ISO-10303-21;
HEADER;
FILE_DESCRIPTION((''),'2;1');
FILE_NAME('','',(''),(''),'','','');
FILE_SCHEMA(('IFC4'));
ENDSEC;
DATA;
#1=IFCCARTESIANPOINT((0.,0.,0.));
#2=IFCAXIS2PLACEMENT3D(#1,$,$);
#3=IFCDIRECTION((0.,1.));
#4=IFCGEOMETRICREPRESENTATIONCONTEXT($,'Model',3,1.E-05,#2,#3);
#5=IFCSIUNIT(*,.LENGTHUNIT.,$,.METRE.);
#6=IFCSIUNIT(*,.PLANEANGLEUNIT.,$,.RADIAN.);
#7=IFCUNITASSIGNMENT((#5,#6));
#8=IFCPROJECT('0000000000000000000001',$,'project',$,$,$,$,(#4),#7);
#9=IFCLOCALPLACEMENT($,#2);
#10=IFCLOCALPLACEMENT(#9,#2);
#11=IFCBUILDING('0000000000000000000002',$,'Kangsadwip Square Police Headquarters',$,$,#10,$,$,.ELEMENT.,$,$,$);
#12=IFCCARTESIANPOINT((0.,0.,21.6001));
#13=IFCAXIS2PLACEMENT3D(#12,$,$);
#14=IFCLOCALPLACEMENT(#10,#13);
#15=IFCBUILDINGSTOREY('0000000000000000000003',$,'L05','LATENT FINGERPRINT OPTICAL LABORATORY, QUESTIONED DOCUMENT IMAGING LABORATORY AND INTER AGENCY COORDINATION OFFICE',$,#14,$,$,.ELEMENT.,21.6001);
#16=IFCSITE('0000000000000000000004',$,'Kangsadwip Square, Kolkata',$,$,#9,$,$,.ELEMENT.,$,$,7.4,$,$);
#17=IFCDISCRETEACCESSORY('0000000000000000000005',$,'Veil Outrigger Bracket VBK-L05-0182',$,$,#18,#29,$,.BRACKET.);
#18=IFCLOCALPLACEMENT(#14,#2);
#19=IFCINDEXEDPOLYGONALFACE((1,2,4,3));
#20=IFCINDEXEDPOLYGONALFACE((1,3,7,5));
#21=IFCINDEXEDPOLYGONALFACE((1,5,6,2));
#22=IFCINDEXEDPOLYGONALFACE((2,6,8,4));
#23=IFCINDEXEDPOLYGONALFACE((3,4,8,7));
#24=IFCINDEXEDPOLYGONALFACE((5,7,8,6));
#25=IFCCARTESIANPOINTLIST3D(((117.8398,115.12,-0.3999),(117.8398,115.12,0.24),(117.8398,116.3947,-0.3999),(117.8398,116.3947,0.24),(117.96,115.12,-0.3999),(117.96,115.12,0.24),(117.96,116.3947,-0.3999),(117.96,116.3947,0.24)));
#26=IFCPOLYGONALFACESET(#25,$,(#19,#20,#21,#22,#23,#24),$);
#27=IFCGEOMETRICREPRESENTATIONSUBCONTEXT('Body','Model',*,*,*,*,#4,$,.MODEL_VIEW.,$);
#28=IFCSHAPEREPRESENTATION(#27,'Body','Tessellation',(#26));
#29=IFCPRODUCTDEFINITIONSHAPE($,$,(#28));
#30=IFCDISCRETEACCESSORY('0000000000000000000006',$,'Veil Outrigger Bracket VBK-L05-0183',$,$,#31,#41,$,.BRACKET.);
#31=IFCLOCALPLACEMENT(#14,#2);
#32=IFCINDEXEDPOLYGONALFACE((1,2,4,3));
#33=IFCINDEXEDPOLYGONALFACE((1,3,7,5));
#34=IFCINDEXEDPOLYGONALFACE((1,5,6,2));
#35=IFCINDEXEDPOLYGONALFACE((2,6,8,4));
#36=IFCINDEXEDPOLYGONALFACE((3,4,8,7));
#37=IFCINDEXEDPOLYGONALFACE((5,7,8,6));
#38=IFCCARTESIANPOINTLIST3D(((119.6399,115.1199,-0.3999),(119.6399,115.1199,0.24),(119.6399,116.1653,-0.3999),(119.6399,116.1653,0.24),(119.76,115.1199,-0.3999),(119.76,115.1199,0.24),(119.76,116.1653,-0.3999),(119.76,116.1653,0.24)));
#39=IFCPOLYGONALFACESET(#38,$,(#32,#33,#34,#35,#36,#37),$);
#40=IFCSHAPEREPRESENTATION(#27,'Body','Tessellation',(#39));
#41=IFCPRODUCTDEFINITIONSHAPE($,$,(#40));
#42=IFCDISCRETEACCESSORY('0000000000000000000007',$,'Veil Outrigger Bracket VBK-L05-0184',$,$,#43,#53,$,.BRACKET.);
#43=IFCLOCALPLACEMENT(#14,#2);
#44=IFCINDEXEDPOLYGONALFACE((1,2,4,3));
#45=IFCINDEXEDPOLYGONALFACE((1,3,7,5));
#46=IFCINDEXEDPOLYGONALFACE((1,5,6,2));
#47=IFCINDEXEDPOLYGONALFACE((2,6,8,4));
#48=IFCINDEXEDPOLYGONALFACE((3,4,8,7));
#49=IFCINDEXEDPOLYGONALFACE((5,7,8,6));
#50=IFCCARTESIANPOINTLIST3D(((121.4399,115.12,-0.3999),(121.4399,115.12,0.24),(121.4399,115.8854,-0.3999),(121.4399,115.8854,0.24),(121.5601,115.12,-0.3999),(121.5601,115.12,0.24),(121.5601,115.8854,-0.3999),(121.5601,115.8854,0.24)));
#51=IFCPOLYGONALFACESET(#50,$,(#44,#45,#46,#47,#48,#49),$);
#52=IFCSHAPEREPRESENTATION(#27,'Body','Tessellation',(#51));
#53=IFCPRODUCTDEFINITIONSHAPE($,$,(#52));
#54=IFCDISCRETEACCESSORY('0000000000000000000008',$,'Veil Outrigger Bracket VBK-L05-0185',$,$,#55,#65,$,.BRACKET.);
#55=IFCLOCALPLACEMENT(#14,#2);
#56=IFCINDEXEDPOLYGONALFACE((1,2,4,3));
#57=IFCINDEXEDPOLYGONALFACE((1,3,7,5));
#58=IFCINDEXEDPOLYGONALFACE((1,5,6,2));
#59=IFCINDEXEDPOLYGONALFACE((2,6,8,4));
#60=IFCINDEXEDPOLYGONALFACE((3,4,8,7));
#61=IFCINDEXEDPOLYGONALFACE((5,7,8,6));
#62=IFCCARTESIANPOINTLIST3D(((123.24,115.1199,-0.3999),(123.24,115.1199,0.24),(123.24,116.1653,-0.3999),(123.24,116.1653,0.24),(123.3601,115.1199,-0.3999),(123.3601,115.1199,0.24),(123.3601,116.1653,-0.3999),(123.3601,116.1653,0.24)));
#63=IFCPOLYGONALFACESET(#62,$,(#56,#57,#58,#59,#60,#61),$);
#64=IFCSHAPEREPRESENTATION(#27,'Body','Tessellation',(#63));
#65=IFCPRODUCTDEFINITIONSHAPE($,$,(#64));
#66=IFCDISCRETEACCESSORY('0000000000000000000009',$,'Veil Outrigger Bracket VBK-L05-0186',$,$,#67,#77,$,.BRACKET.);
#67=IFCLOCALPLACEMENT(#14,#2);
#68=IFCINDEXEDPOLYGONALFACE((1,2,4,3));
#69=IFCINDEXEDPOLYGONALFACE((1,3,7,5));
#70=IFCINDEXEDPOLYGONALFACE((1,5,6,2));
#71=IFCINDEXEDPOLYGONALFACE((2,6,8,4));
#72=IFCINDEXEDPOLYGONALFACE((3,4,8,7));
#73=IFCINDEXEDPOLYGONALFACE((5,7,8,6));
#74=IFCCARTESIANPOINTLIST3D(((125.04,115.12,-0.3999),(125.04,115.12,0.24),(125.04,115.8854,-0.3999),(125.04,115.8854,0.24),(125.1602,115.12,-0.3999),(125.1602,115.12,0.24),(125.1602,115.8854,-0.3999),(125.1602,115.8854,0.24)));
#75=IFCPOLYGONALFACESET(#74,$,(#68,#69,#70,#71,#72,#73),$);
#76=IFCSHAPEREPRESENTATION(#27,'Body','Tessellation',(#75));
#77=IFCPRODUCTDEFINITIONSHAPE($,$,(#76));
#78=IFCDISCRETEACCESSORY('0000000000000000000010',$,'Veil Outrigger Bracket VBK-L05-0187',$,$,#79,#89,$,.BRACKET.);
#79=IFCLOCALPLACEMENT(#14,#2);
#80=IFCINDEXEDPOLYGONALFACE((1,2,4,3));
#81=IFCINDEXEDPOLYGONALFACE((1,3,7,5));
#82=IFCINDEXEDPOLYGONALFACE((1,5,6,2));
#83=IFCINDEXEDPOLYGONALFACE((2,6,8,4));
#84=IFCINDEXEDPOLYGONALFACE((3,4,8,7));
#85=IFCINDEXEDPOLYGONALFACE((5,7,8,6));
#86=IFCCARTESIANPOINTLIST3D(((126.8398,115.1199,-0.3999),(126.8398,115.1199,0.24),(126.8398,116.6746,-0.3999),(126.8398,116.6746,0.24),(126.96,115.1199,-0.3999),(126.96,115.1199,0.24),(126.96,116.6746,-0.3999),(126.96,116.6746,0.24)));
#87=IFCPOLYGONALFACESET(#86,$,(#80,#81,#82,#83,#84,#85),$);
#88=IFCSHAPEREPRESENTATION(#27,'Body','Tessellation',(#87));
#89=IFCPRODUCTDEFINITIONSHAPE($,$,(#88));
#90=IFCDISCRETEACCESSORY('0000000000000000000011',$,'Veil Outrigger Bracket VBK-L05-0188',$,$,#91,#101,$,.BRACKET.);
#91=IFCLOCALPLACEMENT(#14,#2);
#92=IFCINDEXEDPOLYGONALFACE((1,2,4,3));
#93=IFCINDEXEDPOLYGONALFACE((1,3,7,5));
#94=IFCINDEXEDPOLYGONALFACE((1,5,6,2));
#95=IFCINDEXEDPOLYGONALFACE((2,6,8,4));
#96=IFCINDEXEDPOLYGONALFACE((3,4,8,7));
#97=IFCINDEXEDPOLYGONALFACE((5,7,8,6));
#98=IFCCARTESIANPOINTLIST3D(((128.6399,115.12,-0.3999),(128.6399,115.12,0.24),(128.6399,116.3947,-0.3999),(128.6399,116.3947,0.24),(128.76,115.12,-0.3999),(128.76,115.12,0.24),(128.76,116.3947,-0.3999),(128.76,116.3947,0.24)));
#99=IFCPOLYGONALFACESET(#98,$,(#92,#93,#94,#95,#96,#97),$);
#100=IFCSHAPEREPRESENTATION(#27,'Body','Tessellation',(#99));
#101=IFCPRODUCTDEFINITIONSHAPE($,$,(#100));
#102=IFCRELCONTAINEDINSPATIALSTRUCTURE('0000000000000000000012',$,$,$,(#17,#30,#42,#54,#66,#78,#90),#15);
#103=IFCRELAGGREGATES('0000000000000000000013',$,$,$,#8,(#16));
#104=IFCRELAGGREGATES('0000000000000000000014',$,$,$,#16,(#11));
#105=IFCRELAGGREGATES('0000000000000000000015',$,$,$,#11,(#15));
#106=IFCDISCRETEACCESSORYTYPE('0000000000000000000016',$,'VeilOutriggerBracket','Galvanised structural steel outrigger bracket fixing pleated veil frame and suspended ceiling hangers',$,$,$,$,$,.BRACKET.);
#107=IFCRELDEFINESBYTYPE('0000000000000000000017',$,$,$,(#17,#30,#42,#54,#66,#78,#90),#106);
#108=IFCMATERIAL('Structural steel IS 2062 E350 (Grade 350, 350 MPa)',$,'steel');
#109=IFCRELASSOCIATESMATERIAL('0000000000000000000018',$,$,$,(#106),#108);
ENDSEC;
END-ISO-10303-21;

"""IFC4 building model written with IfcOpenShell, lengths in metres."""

from ifc_helpers import new_model, si_unit, direction, frame, origin, origin_2d, place, context, subcontext, project, spatial, rectangle, extrude, material, type_object, element, save


model = new_model("IFC4")

# Units and contexts
model_context = context("Model", 3, precision=1e-05, world=origin(), true_north=direction((0.0, 1.0)))
body_context = subcontext(model_context, "Body", "Model", "MODEL_VIEW")
ifc_project = project(units=[si_unit("LENGTHUNIT", "METRE"), si_unit("PLANEANGLEUNIT", "RADIAN")], contexts=[model_context])

# Site, building, storey
site_placement = place(None, origin())
site = spatial("IfcSite", under=ifc_project, at=site_placement, Name="Kangsadwip Square, Kolkata", CompositionType="ELEMENT", RefElevation=7.4)
building_placement = place(site_placement, origin())
building = spatial("IfcBuilding", under=site, at=building_placement, Name="Kangsadwip Square Police Headquarters", CompositionType="ELEMENT")
storey_placement = place(building_placement, frame((0.0, 0.0, 21.6001)))
storey = spatial("IfcBuildingStorey", under=building, at=storey_placement, Name="L05", Description="LATENT FINGERPRINT OPTICAL LABORATORY, QUESTIONED DOCUMENT IMAGING LABORATORY AND INTER AGENCY COORDINATION OFFICE", CompositionType="ELEMENT", Elevation=21.6001)

# Discrete accessories
ifc_material_1 = material(Name="Structural steel IS 2062 E350 (Grade 350, 350 MPa)", Category="steel")
discrete_accessory_type = type_object("IfcDiscreteAccessoryType", Name="VeilOutriggerBracket", Description="Galvanised structural steel outrigger bracket fixing pleated veil frame and suspended ceiling hangers", PredefinedType="BRACKET", material=ifc_material_1)
discrete_accessory_1_placement = place(storey_placement, frame((117.8999, 115.7573, -0.3999), z_axis=(0.0, 0.0, 1.0), x_axis=(1.0, 0.0, 0.0)))
element("IfcDiscreteAccessory", 1, at=discrete_accessory_1_placement, inside=storey, type_object=discrete_accessory_type, Name="Veil Outrigger Bracket VBK-L05-0182", PredefinedType="BRACKET", context=body_context, shape_type="SweptSolid", body=[
    extrude(rectangle(XDim=0.1201, YDim=1.2747, at=origin_2d()), origin(), (0.0, 0.0, 1.0), 0.6399),
])
discrete_accessory_2_placement = place(storey_placement, frame((119.7, 115.6426, -0.3999), z_axis=(0.0, 0.0, 1.0), x_axis=(1.0, 0.0, 0.0)))
element("IfcDiscreteAccessory", 2, at=discrete_accessory_2_placement, inside=storey, type_object=discrete_accessory_type, Name="Veil Outrigger Bracket VBK-L05-0183", PredefinedType="BRACKET", context=body_context, shape_type="SweptSolid", body=[
    extrude(rectangle(XDim=0.1201, YDim=1.0454, at=origin_2d()), origin(), (0.0, 0.0, 1.0), 0.6399),
])
discrete_accessory_3_placement = place(storey_placement, frame((121.5, 115.5027, -0.3999), z_axis=(0.0, 0.0, 1.0), x_axis=(1.0, 0.0, 0.0)))
element("IfcDiscreteAccessory", 3, at=discrete_accessory_3_placement, inside=storey, type_object=discrete_accessory_type, Name="Veil Outrigger Bracket VBK-L05-0184", PredefinedType="BRACKET", context=body_context, shape_type="SweptSolid", body=[
    extrude(rectangle(XDim=0.1201, YDim=0.7654, at=origin_2d()), origin(), (0.0, 0.0, 1.0), 0.6399),
])
discrete_accessory_4_placement = place(storey_placement, frame((123.3, 115.6426, -0.3999), z_axis=(0.0, 0.0, 1.0), x_axis=(1.0, 0.0, 0.0)))
element("IfcDiscreteAccessory", 4, at=discrete_accessory_4_placement, inside=storey, type_object=discrete_accessory_type, Name="Veil Outrigger Bracket VBK-L05-0185", PredefinedType="BRACKET", context=body_context, shape_type="SweptSolid", body=[
    extrude(rectangle(XDim=0.1201, YDim=1.0454, at=origin_2d()), origin(), (0.0, 0.0, 1.0), 0.6399),
])
discrete_accessory_5_placement = place(storey_placement, frame((125.1001, 115.5027, -0.3999), z_axis=(0.0, 0.0, 1.0), x_axis=(1.0, 0.0, 0.0)))
element("IfcDiscreteAccessory", 5, at=discrete_accessory_5_placement, inside=storey, type_object=discrete_accessory_type, Name="Veil Outrigger Bracket VBK-L05-0186", PredefinedType="BRACKET", context=body_context, shape_type="SweptSolid", body=[
    extrude(rectangle(XDim=0.1201, YDim=0.7654, at=origin_2d()), origin(), (0.0, 0.0, 1.0), 0.6399),
])
discrete_accessory_6_placement = place(storey_placement, frame((126.8999, 115.8972, -0.3999), z_axis=(0.0, 0.0, 1.0), x_axis=(1.0, 0.0, 0.0)))
element("IfcDiscreteAccessory", 6, at=discrete_accessory_6_placement, inside=storey, type_object=discrete_accessory_type, Name="Veil Outrigger Bracket VBK-L05-0187", PredefinedType="BRACKET", context=body_context, shape_type="SweptSolid", body=[
    extrude(rectangle(XDim=0.1201, YDim=1.5547, at=origin_2d()), origin(), (0.0, 0.0, 1.0), 0.6399),
])
discrete_accessory_7_placement = place(storey_placement, frame((128.7, 115.7573, -0.3999), z_axis=(0.0, 0.0, 1.0), x_axis=(1.0, 0.0, 0.0)))
element("IfcDiscreteAccessory", 7, at=discrete_accessory_7_placement, inside=storey, type_object=discrete_accessory_type, Name="Veil Outrigger Bracket VBK-L05-0188", PredefinedType="BRACKET", context=body_context, shape_type="SweptSolid", body=[
    extrude(rectangle(XDim=0.1201, YDim=1.2747, at=origin_2d()), origin(), (0.0, 0.0, 1.0), 0.6399),
])

save(model, "model.ifc")
